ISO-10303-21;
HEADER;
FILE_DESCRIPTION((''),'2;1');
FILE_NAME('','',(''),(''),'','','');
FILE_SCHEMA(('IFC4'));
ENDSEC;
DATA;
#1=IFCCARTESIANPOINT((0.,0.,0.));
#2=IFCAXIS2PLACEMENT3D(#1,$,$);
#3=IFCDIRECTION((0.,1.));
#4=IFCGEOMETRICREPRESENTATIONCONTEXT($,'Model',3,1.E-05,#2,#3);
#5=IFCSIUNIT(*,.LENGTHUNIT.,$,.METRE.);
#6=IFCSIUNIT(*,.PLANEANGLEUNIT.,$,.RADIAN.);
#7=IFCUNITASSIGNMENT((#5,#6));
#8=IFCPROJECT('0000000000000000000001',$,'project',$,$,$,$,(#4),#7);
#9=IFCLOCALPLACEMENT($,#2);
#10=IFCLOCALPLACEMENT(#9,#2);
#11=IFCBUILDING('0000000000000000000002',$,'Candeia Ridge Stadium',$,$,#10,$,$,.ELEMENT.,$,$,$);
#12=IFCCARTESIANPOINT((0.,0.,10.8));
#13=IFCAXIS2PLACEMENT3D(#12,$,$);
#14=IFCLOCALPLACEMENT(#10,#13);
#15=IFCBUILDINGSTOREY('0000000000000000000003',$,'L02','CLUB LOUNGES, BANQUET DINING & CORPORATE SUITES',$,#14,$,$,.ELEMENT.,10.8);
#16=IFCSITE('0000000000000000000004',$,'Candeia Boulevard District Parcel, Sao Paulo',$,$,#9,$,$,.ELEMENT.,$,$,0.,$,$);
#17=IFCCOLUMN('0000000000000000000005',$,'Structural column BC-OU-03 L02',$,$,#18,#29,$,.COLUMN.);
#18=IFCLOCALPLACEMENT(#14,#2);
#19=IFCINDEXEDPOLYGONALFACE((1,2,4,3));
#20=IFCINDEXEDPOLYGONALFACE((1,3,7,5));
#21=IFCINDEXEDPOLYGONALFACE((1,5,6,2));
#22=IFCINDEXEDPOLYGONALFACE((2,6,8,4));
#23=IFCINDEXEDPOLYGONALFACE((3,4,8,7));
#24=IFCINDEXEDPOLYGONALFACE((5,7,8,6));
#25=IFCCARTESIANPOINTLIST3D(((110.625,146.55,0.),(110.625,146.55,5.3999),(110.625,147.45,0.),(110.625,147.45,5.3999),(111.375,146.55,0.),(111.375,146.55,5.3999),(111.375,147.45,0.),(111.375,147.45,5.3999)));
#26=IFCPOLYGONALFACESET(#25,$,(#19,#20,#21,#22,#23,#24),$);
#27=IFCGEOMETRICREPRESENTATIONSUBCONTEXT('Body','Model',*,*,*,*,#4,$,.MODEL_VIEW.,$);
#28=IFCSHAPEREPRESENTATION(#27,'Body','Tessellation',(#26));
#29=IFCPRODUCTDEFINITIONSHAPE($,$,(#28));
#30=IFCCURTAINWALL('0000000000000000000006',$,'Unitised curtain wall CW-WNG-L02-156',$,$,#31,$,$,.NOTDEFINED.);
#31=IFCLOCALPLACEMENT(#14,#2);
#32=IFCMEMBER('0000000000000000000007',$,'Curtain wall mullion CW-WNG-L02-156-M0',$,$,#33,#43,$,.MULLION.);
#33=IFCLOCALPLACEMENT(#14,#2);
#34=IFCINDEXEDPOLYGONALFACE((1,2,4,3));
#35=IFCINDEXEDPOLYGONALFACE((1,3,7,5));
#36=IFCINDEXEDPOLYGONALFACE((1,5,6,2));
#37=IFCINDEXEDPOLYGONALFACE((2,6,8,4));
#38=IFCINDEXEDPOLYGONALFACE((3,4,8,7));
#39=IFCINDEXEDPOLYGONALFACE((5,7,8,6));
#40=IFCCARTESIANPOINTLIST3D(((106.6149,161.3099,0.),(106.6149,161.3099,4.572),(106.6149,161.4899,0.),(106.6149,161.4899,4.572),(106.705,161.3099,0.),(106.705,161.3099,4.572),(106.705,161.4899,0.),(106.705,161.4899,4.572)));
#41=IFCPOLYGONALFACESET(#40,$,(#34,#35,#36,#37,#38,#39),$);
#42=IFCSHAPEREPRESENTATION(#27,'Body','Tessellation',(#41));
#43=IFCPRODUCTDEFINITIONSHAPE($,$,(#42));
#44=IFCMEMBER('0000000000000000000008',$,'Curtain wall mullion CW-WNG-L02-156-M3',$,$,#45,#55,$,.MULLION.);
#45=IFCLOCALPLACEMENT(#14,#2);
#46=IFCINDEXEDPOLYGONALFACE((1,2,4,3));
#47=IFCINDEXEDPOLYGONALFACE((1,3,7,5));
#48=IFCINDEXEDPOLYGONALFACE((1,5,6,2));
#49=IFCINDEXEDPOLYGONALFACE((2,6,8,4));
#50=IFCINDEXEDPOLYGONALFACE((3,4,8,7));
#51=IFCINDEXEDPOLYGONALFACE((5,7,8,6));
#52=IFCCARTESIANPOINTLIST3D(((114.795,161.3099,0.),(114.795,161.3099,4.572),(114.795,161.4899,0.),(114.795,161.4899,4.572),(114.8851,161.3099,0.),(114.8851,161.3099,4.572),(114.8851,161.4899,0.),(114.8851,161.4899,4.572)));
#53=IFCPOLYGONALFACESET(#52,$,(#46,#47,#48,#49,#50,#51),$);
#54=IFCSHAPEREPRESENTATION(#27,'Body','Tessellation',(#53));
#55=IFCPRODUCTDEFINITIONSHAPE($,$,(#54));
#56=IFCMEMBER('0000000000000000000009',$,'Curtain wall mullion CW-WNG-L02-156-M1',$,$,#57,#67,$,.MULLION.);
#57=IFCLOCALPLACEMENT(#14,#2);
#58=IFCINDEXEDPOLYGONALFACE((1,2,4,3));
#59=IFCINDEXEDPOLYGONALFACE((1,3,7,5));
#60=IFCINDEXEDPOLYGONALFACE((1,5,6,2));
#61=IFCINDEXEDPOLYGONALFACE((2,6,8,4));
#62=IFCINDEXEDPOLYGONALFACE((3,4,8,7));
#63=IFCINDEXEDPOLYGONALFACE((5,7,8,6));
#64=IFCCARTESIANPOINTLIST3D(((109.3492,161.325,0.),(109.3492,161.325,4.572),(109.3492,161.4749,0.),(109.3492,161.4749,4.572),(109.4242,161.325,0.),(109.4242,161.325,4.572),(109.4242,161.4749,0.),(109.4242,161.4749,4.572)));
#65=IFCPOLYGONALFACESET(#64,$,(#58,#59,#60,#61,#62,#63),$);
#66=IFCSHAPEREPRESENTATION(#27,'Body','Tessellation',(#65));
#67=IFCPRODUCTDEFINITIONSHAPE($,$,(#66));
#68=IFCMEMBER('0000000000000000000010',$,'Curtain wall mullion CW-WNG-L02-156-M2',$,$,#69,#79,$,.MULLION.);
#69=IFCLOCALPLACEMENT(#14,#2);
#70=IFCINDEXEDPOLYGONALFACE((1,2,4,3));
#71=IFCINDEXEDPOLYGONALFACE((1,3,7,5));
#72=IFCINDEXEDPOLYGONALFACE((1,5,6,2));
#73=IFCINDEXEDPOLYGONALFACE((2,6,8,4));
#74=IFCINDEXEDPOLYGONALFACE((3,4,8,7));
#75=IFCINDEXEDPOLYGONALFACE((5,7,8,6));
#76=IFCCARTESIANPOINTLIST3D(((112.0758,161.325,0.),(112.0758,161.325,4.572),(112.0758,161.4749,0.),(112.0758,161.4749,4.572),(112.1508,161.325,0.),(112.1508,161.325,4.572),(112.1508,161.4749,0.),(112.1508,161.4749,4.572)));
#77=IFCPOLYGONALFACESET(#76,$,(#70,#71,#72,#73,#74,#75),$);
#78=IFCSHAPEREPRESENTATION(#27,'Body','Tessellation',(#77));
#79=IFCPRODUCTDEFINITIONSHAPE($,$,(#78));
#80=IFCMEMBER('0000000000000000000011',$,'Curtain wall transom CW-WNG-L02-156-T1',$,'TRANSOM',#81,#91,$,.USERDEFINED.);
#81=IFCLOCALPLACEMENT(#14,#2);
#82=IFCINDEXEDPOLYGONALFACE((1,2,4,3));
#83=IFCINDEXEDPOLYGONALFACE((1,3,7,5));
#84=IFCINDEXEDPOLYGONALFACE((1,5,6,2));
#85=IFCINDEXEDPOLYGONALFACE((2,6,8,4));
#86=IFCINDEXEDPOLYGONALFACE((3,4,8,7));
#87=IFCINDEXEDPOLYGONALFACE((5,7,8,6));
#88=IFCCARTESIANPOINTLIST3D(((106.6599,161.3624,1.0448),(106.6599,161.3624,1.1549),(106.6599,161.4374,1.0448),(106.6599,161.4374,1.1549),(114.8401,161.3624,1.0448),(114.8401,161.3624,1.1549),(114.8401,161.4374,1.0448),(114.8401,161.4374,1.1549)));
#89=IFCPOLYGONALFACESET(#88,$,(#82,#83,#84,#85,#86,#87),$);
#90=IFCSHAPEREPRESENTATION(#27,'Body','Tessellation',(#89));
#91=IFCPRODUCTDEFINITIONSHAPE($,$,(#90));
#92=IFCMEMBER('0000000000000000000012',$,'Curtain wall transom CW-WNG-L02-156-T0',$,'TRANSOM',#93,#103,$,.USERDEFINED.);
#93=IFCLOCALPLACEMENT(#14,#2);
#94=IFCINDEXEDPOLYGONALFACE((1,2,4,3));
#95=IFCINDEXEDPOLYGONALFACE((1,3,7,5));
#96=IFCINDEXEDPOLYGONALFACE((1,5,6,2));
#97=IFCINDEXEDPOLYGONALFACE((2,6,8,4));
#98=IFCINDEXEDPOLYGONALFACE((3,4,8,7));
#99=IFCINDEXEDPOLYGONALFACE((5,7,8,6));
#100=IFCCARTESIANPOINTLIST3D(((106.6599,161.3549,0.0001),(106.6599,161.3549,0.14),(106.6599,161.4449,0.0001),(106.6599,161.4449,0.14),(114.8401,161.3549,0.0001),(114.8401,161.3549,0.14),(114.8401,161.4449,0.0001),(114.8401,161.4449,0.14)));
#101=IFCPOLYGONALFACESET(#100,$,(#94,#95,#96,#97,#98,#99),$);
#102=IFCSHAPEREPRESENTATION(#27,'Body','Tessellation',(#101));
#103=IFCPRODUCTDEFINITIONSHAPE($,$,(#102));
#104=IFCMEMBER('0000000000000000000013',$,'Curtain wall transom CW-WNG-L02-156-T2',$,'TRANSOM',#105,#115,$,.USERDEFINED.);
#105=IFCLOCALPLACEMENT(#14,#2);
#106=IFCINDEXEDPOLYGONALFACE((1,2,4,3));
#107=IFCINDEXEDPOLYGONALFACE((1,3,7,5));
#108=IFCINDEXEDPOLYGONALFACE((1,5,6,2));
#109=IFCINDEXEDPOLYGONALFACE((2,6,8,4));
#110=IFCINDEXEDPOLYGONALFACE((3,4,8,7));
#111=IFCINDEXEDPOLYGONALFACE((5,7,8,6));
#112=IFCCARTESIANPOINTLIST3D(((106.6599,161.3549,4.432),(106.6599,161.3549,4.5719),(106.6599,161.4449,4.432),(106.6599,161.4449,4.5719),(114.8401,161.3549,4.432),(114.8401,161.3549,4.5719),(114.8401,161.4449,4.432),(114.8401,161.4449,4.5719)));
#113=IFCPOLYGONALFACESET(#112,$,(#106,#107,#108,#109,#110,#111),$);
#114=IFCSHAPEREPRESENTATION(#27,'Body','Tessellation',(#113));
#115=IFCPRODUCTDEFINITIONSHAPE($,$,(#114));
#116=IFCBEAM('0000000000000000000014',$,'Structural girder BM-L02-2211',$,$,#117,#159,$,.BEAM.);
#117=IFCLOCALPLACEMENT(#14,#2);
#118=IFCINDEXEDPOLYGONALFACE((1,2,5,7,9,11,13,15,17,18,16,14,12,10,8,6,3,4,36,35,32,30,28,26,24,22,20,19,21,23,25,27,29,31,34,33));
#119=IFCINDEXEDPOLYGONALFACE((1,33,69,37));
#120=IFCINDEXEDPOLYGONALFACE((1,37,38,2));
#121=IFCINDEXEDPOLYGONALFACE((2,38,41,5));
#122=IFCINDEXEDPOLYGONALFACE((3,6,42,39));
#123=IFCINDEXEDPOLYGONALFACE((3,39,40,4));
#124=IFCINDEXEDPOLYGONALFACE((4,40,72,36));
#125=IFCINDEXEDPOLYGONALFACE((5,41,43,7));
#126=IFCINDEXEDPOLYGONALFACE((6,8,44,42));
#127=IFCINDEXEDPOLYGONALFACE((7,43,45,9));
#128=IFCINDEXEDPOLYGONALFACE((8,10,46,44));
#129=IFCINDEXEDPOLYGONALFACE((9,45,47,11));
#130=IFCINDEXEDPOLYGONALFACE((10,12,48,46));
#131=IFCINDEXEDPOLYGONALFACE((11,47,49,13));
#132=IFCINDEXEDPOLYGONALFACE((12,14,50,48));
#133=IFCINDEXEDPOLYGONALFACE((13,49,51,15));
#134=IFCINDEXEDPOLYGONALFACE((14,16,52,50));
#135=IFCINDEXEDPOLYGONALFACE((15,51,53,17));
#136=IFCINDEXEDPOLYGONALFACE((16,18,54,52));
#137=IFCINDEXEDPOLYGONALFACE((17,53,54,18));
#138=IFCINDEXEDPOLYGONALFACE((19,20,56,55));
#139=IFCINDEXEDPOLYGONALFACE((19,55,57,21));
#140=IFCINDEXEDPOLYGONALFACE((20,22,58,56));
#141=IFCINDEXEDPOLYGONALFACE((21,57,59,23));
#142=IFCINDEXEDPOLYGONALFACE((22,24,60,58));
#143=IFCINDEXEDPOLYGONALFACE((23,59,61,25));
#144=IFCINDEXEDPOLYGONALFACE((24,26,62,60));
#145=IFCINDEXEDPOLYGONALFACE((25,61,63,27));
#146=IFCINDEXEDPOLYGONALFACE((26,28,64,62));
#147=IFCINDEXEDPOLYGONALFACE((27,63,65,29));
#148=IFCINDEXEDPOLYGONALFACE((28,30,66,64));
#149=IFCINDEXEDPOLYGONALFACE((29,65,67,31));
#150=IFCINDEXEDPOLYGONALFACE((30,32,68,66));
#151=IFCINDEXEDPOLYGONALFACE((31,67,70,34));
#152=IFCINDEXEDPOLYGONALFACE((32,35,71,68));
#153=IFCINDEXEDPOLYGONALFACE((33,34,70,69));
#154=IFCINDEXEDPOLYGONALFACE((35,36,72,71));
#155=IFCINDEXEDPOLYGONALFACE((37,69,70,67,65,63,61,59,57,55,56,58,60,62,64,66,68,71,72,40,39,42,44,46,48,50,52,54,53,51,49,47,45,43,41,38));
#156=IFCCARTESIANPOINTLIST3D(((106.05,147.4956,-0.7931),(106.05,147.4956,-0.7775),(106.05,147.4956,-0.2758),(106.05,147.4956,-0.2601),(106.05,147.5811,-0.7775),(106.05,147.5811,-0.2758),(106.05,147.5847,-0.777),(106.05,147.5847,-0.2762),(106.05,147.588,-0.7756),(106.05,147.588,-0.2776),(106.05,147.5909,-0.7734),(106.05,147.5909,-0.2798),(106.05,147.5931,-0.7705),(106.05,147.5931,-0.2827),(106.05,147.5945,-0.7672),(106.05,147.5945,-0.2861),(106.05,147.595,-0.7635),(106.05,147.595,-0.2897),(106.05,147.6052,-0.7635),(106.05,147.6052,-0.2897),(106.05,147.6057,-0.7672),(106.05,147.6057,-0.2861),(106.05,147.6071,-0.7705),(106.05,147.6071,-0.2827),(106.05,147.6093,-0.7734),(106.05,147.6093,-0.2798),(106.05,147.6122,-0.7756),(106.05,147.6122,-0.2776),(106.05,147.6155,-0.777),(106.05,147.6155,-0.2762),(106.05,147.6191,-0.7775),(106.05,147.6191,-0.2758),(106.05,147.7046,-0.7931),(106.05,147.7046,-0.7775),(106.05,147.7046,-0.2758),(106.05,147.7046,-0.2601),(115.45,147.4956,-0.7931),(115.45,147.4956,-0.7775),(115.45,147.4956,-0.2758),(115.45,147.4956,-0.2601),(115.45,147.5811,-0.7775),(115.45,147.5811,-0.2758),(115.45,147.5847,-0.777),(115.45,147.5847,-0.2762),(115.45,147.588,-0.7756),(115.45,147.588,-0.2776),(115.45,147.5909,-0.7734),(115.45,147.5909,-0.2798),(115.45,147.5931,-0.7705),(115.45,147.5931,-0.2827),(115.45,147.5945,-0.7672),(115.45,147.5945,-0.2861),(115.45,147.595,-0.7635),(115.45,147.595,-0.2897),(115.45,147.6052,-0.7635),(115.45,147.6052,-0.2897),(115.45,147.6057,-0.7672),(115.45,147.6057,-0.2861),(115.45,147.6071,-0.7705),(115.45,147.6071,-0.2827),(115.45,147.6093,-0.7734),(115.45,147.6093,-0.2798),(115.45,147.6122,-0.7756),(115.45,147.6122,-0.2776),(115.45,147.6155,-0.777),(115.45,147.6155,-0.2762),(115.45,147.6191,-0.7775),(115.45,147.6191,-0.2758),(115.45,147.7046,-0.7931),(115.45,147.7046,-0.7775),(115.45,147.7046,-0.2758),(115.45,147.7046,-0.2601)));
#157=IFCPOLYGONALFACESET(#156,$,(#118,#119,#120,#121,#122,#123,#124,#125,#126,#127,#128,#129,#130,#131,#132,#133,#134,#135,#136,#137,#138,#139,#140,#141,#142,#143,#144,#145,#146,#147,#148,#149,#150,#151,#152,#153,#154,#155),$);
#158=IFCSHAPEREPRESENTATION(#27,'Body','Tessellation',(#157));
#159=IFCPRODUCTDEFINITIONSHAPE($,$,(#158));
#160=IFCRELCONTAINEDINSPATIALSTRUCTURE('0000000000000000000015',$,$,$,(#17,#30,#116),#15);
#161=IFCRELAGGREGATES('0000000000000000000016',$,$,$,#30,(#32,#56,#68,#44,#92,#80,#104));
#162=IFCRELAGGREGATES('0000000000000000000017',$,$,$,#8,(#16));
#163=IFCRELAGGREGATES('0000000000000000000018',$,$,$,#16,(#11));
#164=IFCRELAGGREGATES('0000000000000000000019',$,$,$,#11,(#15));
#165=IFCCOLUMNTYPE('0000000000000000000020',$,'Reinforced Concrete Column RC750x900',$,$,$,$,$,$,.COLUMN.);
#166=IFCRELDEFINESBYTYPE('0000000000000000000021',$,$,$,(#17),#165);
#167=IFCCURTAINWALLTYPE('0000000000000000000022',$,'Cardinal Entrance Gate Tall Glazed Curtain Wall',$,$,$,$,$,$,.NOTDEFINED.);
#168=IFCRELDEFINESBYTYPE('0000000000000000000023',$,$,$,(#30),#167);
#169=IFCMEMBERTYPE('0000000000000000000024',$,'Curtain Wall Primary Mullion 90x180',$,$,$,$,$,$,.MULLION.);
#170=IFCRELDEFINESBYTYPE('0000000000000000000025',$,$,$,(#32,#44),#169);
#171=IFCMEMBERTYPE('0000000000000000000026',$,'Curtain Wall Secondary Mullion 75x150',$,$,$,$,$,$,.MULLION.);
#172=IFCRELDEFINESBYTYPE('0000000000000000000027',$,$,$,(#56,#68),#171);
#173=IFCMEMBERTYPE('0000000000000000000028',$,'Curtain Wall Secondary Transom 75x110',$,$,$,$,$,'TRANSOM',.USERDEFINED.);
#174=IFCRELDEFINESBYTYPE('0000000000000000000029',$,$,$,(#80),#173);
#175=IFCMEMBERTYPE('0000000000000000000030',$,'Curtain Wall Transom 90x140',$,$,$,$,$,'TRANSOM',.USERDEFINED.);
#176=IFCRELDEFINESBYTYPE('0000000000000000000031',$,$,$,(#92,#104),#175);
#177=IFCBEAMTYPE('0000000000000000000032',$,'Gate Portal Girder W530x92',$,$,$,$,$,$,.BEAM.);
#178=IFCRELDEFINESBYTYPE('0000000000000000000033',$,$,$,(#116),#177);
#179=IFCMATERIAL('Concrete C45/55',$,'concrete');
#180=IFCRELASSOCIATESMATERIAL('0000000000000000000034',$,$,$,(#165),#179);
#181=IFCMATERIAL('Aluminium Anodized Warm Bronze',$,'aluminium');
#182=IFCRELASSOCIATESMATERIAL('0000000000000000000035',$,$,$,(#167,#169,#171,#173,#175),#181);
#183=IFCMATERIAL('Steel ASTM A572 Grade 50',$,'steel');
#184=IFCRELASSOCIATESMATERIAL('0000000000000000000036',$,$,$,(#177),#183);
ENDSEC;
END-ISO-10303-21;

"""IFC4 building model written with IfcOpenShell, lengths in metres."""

from ifc_helpers import new_model, si_unit, direction, frame, origin, origin_2d, place, context, subcontext, project, spatial, rectangle, i_section, extrude, material, material_profile, profile_set, type_object, element, aggregate, save


model = new_model("IFC4")

# Units and contexts
model_context = context("Model", 3, precision=1e-05, world=origin(), true_north=direction((0.0, 1.0)))
body_context = subcontext(model_context, "Body", "Model", "MODEL_VIEW")
ifc_project = project(units=[si_unit("LENGTHUNIT", "METRE"), si_unit("PLANEANGLEUNIT", "RADIAN")], contexts=[model_context])

# Site, building, storey
site_placement = place(None, origin())
site = spatial("IfcSite", under=ifc_project, at=site_placement, Name="Candeia Boulevard District Parcel, Sao Paulo", CompositionType="ELEMENT", RefElevation=0.0)
building_placement = place(site_placement, origin())
building = spatial("IfcBuilding", under=site, at=building_placement, Name="Candeia Ridge Stadium", CompositionType="ELEMENT")
storey_placement = place(building_placement, frame((0.0, 0.0, 10.8)))
storey = spatial("IfcBuildingStorey", under=building, at=storey_placement, Name="L02", Description="CLUB LOUNGES, BANQUET DINING & CORPORATE SUITES", CompositionType="ELEMENT", Elevation=10.8)

# Column
ifc_material_1 = material(Name="Concrete C45/55", Category="concrete")
ifc_material_profile_1 = material_profile(ifc_material_1, rectangle(XDim=0.75, YDim=0.8999, at=origin_2d()), Name="RC750x900", Category="concrete")
ifc_profile_set_1 = profile_set([ifc_material_profile_1], Name="Concrete C45/55")
column_type = type_object("IfcColumnType", Name="Reinforced Concrete Column RC750x900", PredefinedType="COLUMN", material=ifc_profile_set_1)
column_placement = place(storey_placement, frame((111.0, 147.0, 0.0), z_axis=(0.0, 0.0, 1.0), x_axis=(1.0, 0.0, 0.0)))
element("IfcColumn", 1, at=column_placement, inside=storey, type_object=column_type, Name="Structural column BC-OU-03 L02", PredefinedType="COLUMN", context=body_context, shape_type="SweptSolid", body=[
    extrude(rectangle(XDim=0.75, YDim=0.8999, at=origin_2d()), origin(), (0.0, 0.0, 1.0), 5.3999),
])

# Curtain wall, members
ifc_material_2 = material(Name="Aluminium Anodized Warm Bronze", Category="aluminium")
curtain_wall_type = type_object("IfcCurtainWallType", Name="Cardinal Entrance Gate Tall Glazed Curtain Wall", PredefinedType="NOTDEFINED", material=ifc_material_2)
curtain_wall_placement = place(storey_placement, origin())
curtain_wall = element("IfcCurtainWall", 2, at=curtain_wall_placement, inside=storey, type_object=curtain_wall_type, Name="Unitised curtain wall CW-WNG-L02-156", PredefinedType="NOTDEFINED")
ifc_material_profile_2 = material_profile(ifc_material_2, rectangle(XDim=0.0901, YDim=0.1799, at=origin_2d()), Name="CWM-90x180", Category="aluminium")
ifc_profile_set_2 = profile_set([ifc_material_profile_2], Name="Aluminium Anodized Warm Bronze")
member_type_1 = type_object("IfcMemberType", Name="Curtain Wall Primary Mullion 90x180", PredefinedType="MULLION", material=ifc_profile_set_2)
member_1_placement = place(storey_placement, frame((106.6599, 161.3999, 0.0), z_axis=(0.0, 0.0, 1.0), x_axis=(1.0, 0.0, 0.0)))
member_1 = element("IfcMember", 3, at=member_1_placement, type_object=member_type_1, Name="Curtain wall mullion CW-WNG-L02-156-M0", PredefinedType="MULLION", context=body_context, shape_type="SweptSolid", body=[
    extrude(rectangle(XDim=0.0901, YDim=0.1799, at=origin_2d()), origin(), (0.0, 0.0, 1.0), 4.572),
])
member_2_placement = place(storey_placement, frame((114.8401, 161.3999, 0.0), z_axis=(0.0, 0.0, 1.0), x_axis=(1.0, 0.0, 0.0)))
member_2 = element("IfcMember", 4, at=member_2_placement, type_object=member_type_1, Name="Curtain wall mullion CW-WNG-L02-156-M3", PredefinedType="MULLION", context=body_context, shape_type="SweptSolid", body=[
    extrude(rectangle(XDim=0.0901, YDim=0.1799, at=origin_2d()), origin(), (0.0, 0.0, 1.0), 4.572),
])
ifc_material_profile_3 = material_profile(ifc_material_2, rectangle(XDim=0.075, YDim=0.1499, at=origin_2d()), Name="CWM-75x150", Category="aluminium")
ifc_profile_set_3 = profile_set([ifc_material_profile_3], Name="Aluminium Anodized Warm Bronze")
member_type_2 = type_object("IfcMemberType", Name="Curtain Wall Secondary Mullion 75x150", PredefinedType="MULLION", material=ifc_profile_set_3)
member_3_placement = place(storey_placement, frame((109.3867, 161.3999, 0.0), z_axis=(0.0, 0.0, 1.0), x_axis=(1.0, 0.0, 0.0)))
member_3 = element("IfcMember", 5, at=member_3_placement, type_object=member_type_2, Name="Curtain wall mullion CW-WNG-L02-156-M1", PredefinedType="MULLION", context=body_context, shape_type="SweptSolid", body=[
    extrude(rectangle(XDim=0.075, YDim=0.1499, at=origin_2d()), origin(), (0.0, 0.0, 1.0), 4.572),
])
member_4_placement = place(storey_placement, frame((112.1133, 161.3999, 0.0), z_axis=(0.0, 0.0, 1.0), x_axis=(1.0, 0.0, 0.0)))
member_4 = element("IfcMember", 6, at=member_4_placement, type_object=member_type_2, Name="Curtain wall mullion CW-WNG-L02-156-M2", PredefinedType="MULLION", context=body_context, shape_type="SweptSolid", body=[
    extrude(rectangle(XDim=0.075, YDim=0.1499, at=origin_2d()), origin(), (0.0, 0.0, 1.0), 4.572),
])
ifc_material_profile_4 = material_profile(ifc_material_2, rectangle(XDim=0.075, YDim=0.1101, at=origin_2d()), Name="CWT-75x110", Category="aluminium")
ifc_profile_set_4 = profile_set([ifc_material_profile_4], Name="Aluminium Anodized Warm Bronze")
member_type_3 = type_object("IfcMemberType", Name="Curtain Wall Secondary Transom 75x110", ElementType="TRANSOM", PredefinedType="USERDEFINED", material=ifc_profile_set_4)
member_5_placement = place(storey_placement, frame((106.6599, 161.3999, 1.0999), z_axis=(1.0, 0.0, 0.0), x_axis=(0.0, 1.0, 0.0)))
member_5 = element("IfcMember", 7, at=member_5_placement, type_object=member_type_3, Name="Curtain wall transom CW-WNG-L02-156-T1", ObjectType="TRANSOM", PredefinedType="USERDEFINED", context=body_context, shape_type="SweptSolid", body=[
    extrude(rectangle(XDim=0.075, YDim=0.1101, at=origin_2d()), origin(), (0.0, 0.0, 1.0), 8.1802),
])
ifc_material_profile_5 = material_profile(ifc_material_2, rectangle(XDim=0.0901, YDim=0.1399, at=origin_2d()), Name="CWT-90x140", Category="aluminium")
ifc_profile_set_5 = profile_set([ifc_material_profile_5], Name="Aluminium Anodized Warm Bronze")
member_type_4 = type_object("IfcMemberType", Name="Curtain Wall Transom 90x140", ElementType="TRANSOM", PredefinedType="USERDEFINED", material=ifc_profile_set_5)
member_6_placement = place(storey_placement, frame((106.6599, 161.3999, 0.0701), z_axis=(1.0, 0.0, 0.0), x_axis=(0.0, 1.0, 0.0)))
member_6 = element("IfcMember", 8, at=member_6_placement, type_object=member_type_4, Name="Curtain wall transom CW-WNG-L02-156-T0", ObjectType="TRANSOM", PredefinedType="USERDEFINED", context=body_context, shape_type="SweptSolid", body=[
    extrude(rectangle(XDim=0.0901, YDim=0.1399, at=origin_2d()), origin(), (0.0, 0.0, 1.0), 8.1802),
])
member_7_placement = place(storey_placement, frame((106.6599, 161.3999, 4.502), z_axis=(1.0, 0.0, 0.0), x_axis=(0.0, 1.0, 0.0)))
member_7 = element("IfcMember", 9, at=member_7_placement, type_object=member_type_4, Name="Curtain wall transom CW-WNG-L02-156-T2", ObjectType="TRANSOM", PredefinedType="USERDEFINED", context=body_context, shape_type="SweptSolid", body=[
    extrude(rectangle(XDim=0.0901, YDim=0.1399, at=origin_2d()), origin(), (0.0, 0.0, 1.0), 8.1802),
])

# Beam
ifc_material_3 = material(Name="Steel ASTM A572 Grade 50", Category="steel")
ifc_material_profile_6 = material_profile(ifc_material_3, i_section(OverallWidth=0.209, OverallDepth=0.533, WebThickness=0.0103, FlangeThickness=0.0156, FilletRadius=0.0139, at=origin_2d()), Name="W530x92", Category="steel")
ifc_profile_set_6 = profile_set([ifc_material_profile_6], Name="Steel ASTM A572 Grade 50")
beam_type_1 = type_object("IfcBeamType", Name="Gate Portal Girder W530x92", PredefinedType="BEAM", material=ifc_profile_set_6)
for number, where, z_axis, x_axis, name in (
    (10, (106.05, 147.6001, -0.5266), (1.0, 0.0, 0.0), (0.0, 1.0, 0.0), "Structural girder BM-L02-2211"),
):
    element("IfcBeam", number, at=place(storey_placement, frame(where, z_axis=z_axis, x_axis=x_axis)), inside=storey, type_object=beam_type_1, Name=name, PredefinedType="BEAM", context=body_context, shape_type="SweptSolid", body=[
        extrude(i_section(OverallWidth=0.209, OverallDepth=0.533, WebThickness=0.0103, FlangeThickness=0.0156, FilletRadius=0.0139, at=origin_2d()), origin(), (0.0, 0.0, 1.0), 9.3999),
    ])

aggregate(curtain_wall, [member_1, member_3, member_4, member_2, member_6, member_5, member_7])

save(model, "model.ifc")
